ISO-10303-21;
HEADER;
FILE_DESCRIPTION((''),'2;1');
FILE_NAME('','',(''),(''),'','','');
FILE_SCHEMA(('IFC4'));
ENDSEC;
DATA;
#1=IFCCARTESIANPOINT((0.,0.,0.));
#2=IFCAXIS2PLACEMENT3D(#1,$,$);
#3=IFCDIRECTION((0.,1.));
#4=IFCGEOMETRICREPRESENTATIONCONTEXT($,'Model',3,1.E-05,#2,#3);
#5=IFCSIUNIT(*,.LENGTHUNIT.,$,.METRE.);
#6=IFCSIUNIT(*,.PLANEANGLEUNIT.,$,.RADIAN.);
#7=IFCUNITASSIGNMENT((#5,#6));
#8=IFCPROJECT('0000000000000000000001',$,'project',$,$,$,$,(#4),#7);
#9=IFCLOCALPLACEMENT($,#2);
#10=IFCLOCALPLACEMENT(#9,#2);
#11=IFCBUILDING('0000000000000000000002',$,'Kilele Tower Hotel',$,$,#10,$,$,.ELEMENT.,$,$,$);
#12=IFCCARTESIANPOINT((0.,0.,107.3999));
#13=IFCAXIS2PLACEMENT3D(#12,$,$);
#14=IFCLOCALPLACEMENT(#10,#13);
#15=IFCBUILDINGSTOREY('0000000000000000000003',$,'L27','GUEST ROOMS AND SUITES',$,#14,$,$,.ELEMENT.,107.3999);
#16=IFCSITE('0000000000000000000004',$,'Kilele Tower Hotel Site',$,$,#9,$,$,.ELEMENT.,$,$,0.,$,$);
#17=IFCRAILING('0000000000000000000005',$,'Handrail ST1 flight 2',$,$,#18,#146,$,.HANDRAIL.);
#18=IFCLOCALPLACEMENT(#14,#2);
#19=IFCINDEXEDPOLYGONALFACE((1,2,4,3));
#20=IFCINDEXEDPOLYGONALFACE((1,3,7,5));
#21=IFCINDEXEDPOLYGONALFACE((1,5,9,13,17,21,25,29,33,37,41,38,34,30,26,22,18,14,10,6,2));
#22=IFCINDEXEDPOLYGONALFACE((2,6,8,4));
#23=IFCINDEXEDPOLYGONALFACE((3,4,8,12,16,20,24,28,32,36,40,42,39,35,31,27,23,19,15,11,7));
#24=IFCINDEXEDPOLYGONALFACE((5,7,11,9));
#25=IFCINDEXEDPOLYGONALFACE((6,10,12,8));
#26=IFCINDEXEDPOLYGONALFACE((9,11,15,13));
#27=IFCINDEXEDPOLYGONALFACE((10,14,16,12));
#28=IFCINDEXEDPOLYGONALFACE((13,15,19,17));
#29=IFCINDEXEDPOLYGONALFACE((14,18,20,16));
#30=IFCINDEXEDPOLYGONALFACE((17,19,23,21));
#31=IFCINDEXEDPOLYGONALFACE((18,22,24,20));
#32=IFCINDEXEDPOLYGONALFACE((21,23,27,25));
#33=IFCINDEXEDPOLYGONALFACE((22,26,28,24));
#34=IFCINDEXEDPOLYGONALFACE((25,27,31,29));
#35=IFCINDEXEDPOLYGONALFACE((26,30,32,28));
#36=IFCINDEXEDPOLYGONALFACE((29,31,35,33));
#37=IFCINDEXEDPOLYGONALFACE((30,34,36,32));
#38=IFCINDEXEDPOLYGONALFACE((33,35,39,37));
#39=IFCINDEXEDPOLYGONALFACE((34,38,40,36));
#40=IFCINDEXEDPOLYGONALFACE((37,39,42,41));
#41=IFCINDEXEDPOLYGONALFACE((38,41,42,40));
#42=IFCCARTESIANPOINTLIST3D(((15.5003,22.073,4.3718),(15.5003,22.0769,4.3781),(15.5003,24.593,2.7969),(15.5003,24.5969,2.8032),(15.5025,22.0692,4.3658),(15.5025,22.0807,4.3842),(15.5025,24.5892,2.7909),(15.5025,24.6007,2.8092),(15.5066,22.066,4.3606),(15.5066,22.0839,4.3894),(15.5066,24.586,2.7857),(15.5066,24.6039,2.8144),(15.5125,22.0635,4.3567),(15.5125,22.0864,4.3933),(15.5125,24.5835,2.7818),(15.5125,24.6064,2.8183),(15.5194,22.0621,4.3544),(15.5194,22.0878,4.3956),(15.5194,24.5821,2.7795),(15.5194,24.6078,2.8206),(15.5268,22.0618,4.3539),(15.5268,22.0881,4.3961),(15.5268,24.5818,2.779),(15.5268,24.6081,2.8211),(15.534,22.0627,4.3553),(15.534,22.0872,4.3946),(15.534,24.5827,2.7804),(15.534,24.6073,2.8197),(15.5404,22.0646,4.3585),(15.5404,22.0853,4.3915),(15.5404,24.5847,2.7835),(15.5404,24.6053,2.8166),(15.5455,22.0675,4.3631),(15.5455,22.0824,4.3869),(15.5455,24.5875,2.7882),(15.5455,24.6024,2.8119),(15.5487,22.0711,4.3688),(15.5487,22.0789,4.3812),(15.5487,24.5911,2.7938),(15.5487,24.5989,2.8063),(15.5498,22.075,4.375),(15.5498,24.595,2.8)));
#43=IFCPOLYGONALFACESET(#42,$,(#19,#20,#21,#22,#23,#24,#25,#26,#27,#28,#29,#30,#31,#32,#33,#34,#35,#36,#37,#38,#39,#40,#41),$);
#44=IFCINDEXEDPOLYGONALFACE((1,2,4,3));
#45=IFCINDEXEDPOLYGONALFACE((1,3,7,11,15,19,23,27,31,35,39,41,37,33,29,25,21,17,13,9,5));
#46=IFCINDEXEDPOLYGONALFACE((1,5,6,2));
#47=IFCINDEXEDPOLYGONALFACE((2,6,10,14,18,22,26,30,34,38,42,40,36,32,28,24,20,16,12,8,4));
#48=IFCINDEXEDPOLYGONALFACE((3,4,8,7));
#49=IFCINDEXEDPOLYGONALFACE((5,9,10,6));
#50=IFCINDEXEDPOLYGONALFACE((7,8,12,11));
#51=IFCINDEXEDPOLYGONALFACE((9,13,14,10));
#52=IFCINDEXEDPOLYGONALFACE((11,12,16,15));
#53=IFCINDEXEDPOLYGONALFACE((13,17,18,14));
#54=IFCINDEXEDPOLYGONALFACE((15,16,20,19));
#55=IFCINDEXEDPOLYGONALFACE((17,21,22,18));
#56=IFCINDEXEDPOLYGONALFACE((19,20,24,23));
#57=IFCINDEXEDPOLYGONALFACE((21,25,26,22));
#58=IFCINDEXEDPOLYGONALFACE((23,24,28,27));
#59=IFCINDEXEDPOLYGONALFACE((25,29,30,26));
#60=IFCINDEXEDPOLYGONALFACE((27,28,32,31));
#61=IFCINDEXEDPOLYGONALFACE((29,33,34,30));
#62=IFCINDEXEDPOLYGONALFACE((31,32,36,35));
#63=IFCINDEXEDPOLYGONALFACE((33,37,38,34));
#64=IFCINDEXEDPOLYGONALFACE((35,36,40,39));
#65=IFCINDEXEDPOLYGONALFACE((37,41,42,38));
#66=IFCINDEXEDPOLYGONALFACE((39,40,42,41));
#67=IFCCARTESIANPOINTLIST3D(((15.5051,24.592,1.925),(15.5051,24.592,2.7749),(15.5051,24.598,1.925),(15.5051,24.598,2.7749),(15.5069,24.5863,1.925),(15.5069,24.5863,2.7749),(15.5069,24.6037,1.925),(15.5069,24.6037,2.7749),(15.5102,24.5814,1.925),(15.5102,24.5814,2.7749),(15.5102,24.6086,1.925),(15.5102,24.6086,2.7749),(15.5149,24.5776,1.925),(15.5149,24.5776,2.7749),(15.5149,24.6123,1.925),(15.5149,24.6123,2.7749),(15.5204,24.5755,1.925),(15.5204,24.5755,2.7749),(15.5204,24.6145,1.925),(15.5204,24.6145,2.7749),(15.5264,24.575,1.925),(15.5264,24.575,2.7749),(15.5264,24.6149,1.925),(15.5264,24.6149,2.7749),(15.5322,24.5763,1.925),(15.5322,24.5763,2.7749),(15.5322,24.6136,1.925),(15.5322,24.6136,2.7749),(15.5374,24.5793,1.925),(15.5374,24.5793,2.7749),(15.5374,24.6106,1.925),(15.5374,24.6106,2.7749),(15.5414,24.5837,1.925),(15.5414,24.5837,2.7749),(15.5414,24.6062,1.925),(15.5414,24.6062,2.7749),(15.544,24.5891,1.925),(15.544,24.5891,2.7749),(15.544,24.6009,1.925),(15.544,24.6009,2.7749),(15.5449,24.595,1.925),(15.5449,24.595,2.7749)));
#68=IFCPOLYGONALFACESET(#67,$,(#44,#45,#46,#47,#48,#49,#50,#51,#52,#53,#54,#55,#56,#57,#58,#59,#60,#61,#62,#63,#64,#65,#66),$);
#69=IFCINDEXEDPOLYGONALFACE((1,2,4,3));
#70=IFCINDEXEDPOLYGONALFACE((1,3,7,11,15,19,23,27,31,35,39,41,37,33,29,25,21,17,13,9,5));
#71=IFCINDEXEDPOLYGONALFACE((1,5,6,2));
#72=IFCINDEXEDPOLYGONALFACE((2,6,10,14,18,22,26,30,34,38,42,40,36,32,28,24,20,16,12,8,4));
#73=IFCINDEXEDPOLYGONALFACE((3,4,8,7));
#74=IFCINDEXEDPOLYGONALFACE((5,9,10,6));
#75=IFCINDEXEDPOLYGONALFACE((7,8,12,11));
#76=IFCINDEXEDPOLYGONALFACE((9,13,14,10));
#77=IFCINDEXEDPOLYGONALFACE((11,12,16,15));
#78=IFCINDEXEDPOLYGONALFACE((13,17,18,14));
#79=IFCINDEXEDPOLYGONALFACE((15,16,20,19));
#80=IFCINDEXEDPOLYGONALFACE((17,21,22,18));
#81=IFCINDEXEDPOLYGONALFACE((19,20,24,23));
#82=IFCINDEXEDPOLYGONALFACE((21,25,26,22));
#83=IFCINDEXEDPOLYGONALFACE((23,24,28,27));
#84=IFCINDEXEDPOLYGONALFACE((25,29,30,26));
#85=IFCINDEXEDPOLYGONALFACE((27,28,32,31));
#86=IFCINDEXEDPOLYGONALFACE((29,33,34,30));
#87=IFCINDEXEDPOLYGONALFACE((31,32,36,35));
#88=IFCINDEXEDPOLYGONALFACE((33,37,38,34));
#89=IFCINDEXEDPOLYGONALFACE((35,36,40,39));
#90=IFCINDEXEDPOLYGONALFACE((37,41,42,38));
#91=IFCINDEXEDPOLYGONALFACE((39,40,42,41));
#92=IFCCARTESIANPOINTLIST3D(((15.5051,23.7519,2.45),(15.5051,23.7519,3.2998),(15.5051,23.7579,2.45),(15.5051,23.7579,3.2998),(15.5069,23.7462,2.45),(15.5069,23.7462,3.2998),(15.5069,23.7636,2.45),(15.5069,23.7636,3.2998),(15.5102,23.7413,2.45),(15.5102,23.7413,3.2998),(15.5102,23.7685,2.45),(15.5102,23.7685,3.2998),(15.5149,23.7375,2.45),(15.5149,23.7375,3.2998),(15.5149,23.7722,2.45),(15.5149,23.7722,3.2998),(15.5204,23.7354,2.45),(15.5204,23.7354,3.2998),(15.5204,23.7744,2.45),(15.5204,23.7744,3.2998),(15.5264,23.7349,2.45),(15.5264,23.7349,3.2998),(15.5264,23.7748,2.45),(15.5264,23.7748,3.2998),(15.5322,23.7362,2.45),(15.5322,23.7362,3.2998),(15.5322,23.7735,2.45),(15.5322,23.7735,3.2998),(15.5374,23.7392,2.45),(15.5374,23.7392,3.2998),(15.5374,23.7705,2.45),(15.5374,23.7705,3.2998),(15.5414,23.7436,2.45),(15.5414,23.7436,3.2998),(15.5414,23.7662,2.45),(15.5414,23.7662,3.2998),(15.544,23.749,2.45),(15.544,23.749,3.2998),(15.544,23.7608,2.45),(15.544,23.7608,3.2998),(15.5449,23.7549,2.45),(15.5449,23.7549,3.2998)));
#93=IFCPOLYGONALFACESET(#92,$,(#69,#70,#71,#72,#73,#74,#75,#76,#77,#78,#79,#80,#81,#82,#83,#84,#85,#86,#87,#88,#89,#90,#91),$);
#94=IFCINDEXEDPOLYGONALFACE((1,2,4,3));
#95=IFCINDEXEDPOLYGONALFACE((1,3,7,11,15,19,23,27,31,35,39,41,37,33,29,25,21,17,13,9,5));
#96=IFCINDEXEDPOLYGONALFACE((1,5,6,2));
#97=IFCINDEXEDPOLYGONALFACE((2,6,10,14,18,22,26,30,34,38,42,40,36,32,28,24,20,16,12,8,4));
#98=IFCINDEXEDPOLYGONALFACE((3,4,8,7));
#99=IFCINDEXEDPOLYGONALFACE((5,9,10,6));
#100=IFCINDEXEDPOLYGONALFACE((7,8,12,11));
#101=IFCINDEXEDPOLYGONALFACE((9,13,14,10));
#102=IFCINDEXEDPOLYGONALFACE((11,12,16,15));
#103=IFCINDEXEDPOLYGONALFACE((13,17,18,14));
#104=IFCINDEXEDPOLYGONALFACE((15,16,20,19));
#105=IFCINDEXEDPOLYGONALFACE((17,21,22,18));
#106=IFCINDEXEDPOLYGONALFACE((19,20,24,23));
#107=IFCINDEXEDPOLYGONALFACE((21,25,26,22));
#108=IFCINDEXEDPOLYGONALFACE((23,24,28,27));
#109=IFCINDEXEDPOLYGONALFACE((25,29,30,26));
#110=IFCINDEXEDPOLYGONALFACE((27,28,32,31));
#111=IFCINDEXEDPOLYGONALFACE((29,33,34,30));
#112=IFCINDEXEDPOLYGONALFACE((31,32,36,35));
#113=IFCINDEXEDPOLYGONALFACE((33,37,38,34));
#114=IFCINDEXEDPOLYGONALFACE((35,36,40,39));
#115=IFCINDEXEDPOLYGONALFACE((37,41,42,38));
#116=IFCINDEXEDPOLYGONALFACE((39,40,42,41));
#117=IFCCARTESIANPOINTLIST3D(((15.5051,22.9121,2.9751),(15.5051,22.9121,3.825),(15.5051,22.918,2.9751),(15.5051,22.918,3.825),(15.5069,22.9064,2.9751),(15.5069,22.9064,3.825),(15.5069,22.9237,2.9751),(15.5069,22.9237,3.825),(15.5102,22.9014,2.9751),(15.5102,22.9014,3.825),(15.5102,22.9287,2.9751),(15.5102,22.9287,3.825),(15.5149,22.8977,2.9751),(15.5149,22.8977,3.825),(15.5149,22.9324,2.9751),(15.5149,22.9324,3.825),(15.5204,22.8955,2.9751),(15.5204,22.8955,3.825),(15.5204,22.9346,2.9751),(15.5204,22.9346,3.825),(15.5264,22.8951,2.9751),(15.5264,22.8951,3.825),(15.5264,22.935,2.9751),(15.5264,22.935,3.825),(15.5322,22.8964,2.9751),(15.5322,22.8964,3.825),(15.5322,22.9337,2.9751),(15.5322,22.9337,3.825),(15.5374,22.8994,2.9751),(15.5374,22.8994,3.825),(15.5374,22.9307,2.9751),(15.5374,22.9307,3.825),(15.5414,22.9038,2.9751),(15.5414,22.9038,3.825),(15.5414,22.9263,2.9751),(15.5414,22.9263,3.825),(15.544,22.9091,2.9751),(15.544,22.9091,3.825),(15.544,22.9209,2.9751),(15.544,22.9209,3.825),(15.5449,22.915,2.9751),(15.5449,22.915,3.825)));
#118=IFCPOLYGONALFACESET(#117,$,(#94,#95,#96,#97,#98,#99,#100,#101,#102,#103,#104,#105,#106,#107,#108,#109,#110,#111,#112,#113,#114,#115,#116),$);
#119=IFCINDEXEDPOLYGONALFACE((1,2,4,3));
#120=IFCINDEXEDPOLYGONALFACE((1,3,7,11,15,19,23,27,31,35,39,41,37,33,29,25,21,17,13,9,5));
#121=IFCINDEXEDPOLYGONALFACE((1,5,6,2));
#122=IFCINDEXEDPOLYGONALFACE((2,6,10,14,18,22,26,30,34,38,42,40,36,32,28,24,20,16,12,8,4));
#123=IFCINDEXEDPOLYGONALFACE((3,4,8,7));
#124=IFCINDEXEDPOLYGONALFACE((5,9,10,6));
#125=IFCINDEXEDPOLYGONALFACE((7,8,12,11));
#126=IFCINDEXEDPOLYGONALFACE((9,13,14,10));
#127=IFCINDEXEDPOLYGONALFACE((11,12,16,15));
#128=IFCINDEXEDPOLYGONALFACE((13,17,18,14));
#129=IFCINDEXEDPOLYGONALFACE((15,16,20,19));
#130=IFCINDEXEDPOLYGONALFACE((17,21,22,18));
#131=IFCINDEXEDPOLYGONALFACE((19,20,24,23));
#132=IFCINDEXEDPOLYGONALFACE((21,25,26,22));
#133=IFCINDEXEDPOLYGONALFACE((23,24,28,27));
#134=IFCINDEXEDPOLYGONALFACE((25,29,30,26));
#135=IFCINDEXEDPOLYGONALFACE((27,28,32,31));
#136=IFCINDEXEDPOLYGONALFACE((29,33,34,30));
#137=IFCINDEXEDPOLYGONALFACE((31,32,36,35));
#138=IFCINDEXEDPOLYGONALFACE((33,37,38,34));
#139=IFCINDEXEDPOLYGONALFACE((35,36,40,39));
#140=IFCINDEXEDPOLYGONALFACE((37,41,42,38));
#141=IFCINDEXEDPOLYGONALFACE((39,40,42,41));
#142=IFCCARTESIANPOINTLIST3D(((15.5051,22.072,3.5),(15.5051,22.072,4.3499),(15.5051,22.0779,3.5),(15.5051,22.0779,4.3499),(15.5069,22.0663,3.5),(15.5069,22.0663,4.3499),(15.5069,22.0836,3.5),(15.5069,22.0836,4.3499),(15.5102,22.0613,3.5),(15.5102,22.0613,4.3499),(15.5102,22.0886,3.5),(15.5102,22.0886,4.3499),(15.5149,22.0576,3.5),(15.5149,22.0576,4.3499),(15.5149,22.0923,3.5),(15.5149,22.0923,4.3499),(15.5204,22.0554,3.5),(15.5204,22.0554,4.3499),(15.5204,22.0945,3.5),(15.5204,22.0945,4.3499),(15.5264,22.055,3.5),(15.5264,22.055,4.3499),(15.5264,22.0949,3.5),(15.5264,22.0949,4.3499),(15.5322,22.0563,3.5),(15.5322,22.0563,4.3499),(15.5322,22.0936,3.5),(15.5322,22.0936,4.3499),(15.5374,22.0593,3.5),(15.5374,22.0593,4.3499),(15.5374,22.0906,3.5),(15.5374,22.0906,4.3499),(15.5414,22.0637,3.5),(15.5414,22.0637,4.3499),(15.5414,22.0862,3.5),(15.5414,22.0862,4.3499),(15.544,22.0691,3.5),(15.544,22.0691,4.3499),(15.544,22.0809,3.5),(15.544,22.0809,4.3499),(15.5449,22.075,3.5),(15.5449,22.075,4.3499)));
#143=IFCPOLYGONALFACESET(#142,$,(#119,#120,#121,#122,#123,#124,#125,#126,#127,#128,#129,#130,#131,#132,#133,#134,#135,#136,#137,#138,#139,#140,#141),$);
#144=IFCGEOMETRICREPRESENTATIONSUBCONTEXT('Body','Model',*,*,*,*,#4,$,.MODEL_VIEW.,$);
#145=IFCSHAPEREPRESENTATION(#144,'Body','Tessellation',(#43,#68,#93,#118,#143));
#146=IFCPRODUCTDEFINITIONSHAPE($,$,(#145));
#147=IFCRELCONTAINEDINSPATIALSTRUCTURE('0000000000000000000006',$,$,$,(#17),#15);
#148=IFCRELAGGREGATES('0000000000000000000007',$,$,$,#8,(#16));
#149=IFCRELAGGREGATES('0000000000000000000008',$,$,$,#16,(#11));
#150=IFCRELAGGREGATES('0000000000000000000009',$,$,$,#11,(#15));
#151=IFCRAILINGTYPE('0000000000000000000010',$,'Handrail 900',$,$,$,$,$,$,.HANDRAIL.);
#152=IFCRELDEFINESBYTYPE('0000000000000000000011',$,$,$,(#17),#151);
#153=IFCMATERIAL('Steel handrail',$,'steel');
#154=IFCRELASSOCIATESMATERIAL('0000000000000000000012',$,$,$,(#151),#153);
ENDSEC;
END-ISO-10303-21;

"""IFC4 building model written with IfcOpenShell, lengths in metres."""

from ifc_helpers import new_model, si_unit, direction, frame, origin, origin_2d, place, context, subcontext, project, spatial, circle, extrude, material, type_object, element, save


model = new_model("IFC4")

# Units and contexts
model_context = context("Model", 3, precision=1e-05, world=origin(), true_north=direction((0.0, 1.0)))
body_context = subcontext(model_context, "Body", "Model", "MODEL_VIEW")
ifc_project = project(units=[si_unit("LENGTHUNIT", "METRE"), si_unit("PLANEANGLEUNIT", "RADIAN")], contexts=[model_context])

# Site, building, storey
site_placement = place(None, origin())
site = spatial("IfcSite", under=ifc_project, at=site_placement, Name="Kilele Tower Hotel Site", CompositionType="ELEMENT", RefElevation=0.0)
building_placement = place(site_placement, origin())
building = spatial("IfcBuilding", under=site, at=building_placement, Name="Kilele Tower Hotel", CompositionType="ELEMENT")
storey_placement = place(building_placement, frame((0.0, 0.0, 107.3999)))
storey = spatial("IfcBuildingStorey", under=building, at=storey_placement, Name="L27", Description="GUEST ROOMS AND SUITES", CompositionType="ELEMENT", Elevation=107.3999)

# Railing
ifc_material_1 = material(Name="Steel handrail", Category="steel")
railing_type_1 = type_object("IfcRailingType", Name="Handrail 900", PredefinedType="HANDRAIL", material=ifc_material_1)
for number, where, name in (
    (1, (15.5249, 24.595, 1.925), "Handrail ST1 flight 2"),
):
    element("IfcRailing", number, at=place(storey_placement, frame(where)), inside=storey, type_object=railing_type_1, Name=name, PredefinedType="HANDRAIL", context=body_context, shape_type="SweptSolid", body=[
        extrude(circle(Radius=0.0249, at=origin_2d()), frame((0.0, 0.0, 0.875), z_axis=(0.0, -0.848008, 0.529984), x_axis=(1.0, 0.0, 0.0)), (0.0, 0.0, 1.0), 2.9717),
        extrude(circle(Radius=0.02, at=origin_2d()), origin(), (0.0, 0.0, 1.0), 0.8499),
        extrude(circle(Radius=0.02, at=origin_2d()), frame((0.0, -0.8401, 0.5249)), (0.0, 0.0, 1.0), 0.8499),
        extrude(circle(Radius=0.02, at=origin_2d()), frame((0.0, -1.6799, 1.05)), (0.0, 0.0, 1.0), 0.8499),
        extrude(circle(Radius=0.02, at=origin_2d()), frame((0.0, -2.52, 1.575)), (0.0, 0.0, 1.0), 0.8499),
    ])

save(model, "model.ifc")
